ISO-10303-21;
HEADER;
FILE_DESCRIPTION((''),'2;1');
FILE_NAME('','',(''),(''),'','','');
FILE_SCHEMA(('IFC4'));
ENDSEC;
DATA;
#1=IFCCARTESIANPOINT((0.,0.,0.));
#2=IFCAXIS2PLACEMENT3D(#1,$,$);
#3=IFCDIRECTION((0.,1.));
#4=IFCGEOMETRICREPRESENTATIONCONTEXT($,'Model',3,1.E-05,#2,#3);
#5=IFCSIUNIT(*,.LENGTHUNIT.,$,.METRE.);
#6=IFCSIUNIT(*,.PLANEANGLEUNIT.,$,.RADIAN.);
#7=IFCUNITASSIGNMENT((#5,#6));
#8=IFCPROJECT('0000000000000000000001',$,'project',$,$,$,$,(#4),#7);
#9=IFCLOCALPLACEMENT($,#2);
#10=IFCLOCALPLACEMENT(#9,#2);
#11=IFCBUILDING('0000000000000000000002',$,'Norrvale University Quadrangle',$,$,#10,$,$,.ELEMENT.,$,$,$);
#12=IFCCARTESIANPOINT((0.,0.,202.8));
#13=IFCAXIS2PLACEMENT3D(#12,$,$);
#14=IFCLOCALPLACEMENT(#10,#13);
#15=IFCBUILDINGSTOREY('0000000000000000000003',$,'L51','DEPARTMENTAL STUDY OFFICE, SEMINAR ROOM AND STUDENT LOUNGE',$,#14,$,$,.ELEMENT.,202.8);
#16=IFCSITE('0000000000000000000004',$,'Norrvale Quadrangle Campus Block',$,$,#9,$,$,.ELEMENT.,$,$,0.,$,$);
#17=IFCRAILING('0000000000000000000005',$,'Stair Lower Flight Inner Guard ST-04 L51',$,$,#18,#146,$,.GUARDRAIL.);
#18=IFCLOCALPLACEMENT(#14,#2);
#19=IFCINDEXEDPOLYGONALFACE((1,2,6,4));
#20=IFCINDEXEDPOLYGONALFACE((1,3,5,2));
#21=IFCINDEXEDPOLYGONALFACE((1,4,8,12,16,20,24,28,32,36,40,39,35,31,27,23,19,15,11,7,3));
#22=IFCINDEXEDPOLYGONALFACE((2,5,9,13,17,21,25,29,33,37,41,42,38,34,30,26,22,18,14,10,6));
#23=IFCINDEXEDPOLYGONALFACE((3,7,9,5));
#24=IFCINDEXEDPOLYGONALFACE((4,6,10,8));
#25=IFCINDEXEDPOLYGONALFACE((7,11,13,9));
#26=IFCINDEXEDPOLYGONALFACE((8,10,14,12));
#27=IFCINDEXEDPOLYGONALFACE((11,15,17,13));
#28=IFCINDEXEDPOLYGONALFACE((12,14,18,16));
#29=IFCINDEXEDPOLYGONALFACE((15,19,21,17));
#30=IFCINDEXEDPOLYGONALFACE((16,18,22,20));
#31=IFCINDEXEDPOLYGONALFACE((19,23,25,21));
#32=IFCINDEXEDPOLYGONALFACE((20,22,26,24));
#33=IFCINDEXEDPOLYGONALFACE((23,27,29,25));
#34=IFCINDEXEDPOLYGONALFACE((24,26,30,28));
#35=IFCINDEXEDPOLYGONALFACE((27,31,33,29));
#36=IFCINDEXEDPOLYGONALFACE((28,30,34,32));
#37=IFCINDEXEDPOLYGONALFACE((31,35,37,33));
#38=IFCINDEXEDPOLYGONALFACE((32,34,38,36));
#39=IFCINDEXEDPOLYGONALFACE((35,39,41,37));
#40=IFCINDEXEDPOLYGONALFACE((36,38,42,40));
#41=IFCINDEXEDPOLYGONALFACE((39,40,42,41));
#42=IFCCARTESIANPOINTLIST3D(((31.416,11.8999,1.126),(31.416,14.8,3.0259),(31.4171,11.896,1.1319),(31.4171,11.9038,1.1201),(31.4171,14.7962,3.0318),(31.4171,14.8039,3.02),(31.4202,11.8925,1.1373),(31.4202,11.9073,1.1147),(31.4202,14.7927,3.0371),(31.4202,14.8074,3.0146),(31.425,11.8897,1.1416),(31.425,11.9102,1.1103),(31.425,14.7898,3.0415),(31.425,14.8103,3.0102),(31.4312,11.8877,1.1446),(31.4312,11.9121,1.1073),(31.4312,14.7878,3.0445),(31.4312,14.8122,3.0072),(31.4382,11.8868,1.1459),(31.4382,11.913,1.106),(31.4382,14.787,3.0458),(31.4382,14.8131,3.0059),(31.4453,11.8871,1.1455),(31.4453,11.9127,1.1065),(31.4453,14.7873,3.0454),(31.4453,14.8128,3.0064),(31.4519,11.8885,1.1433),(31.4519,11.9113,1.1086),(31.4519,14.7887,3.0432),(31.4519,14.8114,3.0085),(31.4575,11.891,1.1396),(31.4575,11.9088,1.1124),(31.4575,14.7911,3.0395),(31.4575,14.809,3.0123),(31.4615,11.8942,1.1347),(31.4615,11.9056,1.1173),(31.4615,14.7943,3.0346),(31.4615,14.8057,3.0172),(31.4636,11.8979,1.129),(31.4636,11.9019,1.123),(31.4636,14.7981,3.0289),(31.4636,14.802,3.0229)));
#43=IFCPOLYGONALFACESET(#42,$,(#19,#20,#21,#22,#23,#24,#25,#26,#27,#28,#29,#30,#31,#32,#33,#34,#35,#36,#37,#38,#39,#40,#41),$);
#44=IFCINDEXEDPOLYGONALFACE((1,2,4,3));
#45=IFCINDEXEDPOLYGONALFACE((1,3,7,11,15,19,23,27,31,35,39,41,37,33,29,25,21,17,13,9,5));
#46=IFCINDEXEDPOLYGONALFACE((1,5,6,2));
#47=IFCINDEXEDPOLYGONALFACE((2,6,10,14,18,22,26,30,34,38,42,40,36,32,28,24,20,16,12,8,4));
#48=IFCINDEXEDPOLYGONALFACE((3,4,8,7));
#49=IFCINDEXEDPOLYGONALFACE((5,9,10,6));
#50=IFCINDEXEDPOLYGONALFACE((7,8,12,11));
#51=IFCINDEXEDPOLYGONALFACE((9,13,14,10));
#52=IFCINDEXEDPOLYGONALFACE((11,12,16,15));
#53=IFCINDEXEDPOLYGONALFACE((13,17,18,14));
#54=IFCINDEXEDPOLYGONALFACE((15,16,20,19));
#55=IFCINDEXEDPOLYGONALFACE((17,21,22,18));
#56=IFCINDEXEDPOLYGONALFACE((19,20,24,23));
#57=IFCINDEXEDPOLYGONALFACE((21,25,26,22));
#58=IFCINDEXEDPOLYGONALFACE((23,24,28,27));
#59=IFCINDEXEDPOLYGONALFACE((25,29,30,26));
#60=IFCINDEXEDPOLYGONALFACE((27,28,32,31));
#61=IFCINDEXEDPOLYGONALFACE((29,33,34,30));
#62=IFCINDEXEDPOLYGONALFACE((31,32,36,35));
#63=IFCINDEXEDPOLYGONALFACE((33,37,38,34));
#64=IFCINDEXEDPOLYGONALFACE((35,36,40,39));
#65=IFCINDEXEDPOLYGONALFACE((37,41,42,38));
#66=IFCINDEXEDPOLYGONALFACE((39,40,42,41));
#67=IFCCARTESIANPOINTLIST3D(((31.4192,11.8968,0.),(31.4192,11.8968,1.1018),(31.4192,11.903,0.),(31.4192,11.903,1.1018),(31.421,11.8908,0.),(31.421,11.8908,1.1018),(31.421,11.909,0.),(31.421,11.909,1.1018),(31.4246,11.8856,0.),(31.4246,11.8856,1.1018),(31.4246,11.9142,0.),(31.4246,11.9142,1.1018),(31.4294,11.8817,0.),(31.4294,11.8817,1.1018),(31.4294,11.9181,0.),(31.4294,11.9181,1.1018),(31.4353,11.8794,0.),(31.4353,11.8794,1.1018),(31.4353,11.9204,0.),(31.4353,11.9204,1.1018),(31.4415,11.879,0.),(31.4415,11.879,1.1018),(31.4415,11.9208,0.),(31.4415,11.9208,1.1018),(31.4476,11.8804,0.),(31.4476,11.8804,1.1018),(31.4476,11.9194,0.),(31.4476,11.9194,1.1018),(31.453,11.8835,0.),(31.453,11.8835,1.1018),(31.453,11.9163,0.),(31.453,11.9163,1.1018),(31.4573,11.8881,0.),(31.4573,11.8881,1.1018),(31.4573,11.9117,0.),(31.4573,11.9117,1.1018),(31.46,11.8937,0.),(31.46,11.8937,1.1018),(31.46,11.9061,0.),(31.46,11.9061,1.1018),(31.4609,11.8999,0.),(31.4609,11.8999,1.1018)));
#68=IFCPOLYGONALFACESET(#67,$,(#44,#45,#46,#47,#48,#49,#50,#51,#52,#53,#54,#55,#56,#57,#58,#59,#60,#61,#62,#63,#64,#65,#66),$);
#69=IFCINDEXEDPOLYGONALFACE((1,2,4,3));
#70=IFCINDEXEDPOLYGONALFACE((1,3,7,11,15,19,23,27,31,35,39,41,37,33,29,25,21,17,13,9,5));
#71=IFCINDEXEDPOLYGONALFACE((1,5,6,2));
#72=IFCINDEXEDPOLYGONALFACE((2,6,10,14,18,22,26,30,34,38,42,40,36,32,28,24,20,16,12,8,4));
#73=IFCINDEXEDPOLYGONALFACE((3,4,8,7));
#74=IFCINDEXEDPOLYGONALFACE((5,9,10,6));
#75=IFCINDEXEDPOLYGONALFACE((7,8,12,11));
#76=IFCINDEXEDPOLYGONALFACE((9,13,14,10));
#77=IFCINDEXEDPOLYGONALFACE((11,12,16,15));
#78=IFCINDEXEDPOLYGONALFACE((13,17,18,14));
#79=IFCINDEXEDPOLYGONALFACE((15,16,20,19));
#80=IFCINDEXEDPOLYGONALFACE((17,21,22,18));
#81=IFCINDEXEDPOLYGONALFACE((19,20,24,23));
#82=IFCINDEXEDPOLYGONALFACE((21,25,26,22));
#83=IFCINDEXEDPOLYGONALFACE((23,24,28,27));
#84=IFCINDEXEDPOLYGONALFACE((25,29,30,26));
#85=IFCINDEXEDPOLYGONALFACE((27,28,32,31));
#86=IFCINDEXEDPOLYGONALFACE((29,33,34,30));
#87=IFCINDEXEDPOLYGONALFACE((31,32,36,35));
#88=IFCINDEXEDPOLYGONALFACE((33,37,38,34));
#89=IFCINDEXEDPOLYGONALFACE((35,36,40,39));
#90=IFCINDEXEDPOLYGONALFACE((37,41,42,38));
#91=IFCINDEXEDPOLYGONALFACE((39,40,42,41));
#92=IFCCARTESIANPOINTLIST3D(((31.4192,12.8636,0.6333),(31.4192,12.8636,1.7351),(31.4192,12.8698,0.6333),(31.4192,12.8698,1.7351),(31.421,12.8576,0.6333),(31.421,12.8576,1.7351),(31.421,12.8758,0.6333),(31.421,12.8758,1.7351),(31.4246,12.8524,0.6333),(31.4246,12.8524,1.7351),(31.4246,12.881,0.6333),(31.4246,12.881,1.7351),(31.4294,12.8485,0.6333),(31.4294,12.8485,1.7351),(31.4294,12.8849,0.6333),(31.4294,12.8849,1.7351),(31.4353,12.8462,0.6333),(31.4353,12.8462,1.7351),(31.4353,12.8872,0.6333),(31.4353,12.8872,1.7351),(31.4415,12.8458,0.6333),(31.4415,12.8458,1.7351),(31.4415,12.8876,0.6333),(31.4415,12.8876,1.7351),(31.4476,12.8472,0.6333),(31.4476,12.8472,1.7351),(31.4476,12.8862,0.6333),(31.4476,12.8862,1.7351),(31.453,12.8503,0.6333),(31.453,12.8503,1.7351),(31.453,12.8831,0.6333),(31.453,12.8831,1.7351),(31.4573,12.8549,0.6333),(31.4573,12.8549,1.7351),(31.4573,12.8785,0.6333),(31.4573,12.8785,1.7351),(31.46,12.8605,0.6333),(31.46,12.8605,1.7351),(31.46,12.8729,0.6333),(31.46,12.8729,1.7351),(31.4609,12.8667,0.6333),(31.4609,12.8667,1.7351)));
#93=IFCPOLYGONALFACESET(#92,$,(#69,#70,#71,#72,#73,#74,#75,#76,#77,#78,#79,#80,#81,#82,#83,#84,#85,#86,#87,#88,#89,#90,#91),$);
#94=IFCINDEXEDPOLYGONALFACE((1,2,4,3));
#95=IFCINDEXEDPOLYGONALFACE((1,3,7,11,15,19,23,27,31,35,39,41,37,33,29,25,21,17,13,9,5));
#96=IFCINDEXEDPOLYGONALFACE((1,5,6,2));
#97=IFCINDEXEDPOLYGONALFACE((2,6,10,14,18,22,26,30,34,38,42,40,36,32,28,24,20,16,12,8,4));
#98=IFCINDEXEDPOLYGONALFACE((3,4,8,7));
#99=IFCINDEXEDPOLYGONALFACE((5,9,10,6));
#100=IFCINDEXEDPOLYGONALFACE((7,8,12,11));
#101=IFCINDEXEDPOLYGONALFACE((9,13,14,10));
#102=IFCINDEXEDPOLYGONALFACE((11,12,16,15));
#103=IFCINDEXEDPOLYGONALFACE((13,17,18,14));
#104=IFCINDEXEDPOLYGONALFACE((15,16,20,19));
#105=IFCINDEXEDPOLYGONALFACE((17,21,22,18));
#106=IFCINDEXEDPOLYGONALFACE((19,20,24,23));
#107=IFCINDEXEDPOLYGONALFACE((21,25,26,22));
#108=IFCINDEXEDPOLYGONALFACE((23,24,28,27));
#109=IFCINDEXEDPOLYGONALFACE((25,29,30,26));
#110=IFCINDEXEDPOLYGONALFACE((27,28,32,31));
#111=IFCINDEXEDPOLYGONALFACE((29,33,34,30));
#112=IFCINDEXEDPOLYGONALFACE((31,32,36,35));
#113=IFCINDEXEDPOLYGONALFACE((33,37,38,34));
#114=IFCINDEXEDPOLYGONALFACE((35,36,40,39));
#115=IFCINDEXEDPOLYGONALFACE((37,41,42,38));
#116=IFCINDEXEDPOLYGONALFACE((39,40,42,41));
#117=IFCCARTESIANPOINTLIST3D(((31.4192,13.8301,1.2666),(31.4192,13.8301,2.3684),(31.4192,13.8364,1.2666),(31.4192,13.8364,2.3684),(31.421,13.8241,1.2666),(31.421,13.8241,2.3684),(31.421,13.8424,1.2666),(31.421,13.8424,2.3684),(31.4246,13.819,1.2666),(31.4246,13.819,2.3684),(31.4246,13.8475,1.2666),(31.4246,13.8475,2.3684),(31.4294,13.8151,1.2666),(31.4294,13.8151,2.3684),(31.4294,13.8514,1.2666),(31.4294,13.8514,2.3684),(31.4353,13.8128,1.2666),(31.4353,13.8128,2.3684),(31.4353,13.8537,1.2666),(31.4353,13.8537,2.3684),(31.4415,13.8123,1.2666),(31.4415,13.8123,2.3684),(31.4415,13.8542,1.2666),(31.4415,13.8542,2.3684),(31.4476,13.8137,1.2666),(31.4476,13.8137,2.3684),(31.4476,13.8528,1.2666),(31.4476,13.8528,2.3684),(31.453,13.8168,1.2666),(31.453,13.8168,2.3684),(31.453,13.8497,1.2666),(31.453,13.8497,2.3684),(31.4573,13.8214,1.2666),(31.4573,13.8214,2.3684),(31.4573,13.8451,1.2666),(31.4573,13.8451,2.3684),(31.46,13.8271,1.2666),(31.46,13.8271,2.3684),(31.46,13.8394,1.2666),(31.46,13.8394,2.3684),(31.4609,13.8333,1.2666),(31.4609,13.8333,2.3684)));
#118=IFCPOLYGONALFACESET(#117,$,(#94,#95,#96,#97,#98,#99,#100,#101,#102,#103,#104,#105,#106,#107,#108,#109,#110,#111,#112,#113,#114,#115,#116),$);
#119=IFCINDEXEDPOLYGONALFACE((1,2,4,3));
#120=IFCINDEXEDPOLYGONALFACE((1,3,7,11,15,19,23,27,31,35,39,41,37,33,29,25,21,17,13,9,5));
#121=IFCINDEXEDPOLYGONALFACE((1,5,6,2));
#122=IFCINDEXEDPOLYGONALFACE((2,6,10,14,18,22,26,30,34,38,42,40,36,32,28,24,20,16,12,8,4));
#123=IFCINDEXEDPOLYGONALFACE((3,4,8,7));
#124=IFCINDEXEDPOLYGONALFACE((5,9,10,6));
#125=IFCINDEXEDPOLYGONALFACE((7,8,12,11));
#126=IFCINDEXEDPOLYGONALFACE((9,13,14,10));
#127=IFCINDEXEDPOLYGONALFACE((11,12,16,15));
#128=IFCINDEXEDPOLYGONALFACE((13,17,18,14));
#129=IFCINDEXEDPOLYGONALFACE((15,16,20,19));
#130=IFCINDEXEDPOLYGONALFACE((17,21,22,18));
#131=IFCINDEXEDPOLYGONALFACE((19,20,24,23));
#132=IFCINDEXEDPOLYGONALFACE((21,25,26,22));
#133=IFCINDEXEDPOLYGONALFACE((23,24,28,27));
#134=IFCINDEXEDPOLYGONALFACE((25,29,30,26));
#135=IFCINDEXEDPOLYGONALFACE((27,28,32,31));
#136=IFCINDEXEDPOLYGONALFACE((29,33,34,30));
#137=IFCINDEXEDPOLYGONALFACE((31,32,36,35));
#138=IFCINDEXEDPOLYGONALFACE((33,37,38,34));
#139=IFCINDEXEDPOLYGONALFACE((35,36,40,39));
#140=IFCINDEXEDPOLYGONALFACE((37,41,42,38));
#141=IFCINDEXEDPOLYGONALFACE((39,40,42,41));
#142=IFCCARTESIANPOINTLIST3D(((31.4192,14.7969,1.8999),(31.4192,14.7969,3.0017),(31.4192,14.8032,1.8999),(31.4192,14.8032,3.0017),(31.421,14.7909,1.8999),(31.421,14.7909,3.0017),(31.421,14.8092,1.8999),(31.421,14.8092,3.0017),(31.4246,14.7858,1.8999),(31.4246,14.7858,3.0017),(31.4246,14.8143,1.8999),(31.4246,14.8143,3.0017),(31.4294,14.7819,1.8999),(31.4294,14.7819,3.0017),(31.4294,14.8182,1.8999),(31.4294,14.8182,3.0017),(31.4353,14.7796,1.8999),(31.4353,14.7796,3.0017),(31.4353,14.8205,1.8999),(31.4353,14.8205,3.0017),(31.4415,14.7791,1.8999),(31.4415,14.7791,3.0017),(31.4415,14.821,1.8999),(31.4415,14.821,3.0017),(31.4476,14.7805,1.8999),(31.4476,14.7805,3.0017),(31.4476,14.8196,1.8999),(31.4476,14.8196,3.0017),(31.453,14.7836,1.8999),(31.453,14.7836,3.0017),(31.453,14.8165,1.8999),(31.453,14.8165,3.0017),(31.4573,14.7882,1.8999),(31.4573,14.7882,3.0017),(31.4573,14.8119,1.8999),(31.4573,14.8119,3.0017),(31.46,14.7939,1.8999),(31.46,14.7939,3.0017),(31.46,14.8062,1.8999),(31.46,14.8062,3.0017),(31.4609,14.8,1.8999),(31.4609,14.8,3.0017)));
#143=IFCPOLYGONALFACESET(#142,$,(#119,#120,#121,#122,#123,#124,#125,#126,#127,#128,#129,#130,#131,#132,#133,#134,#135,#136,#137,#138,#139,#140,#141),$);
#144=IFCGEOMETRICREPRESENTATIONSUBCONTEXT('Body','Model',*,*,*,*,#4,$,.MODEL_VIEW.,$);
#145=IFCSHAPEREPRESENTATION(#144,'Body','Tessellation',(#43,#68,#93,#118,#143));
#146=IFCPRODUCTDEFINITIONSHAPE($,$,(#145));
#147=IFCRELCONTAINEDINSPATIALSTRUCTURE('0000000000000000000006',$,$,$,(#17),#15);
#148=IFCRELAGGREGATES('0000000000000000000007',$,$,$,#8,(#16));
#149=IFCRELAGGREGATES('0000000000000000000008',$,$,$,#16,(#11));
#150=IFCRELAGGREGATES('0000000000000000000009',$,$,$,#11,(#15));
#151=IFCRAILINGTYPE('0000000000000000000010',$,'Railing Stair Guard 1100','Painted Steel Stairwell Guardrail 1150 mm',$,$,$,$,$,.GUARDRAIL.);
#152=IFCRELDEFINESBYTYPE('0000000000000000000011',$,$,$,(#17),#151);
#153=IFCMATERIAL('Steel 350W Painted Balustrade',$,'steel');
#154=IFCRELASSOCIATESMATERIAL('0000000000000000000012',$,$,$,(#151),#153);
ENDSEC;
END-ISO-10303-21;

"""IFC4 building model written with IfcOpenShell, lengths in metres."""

from ifc_helpers import new_model, si_unit, direction, frame, origin, origin_2d, place, context, subcontext, project, spatial, circle, extrude, material, type_object, element, save


model = new_model("IFC4")

# Units and contexts
model_context = context("Model", 3, precision=1e-05, world=origin(), true_north=direction((0.0, 1.0)))
body_context = subcontext(model_context, "Body", "Model", "MODEL_VIEW")
ifc_project = project(units=[si_unit("LENGTHUNIT", "METRE"), si_unit("PLANEANGLEUNIT", "RADIAN")], contexts=[model_context])

# Site, building, storey
site_placement = place(None, origin())
site = spatial("IfcSite", under=ifc_project, at=site_placement, Name="Norrvale Quadrangle Campus Block", CompositionType="ELEMENT", RefElevation=0.0)
building_placement = place(site_placement, origin())
building = spatial("IfcBuilding", under=site, at=building_placement, Name="Norrvale University Quadrangle", CompositionType="ELEMENT")
storey_placement = place(building_placement, frame((0.0, 0.0, 202.8)))
storey = spatial("IfcBuildingStorey", under=building, at=storey_placement, Name="L51", Description="DEPARTMENTAL STUDY OFFICE, SEMINAR ROOM AND STUDENT LOUNGE", CompositionType="ELEMENT", Elevation=202.8)

# Railing
ifc_material_1 = material(Name="Steel 350W Painted Balustrade", Category="steel")
railing_type_1 = type_object("IfcRailingType", Name="Railing Stair Guard 1100", Description="Painted Steel Stairwell Guardrail 1150 mm", PredefinedType="GUARDRAIL", material=ifc_material_1)
railing_1_placement = place(storey_placement, frame((31.4399, 11.8999, 0.0)))
element("IfcRailing", 1, at=railing_1_placement, inside=storey, type_object=railing_type_1, Name="Stair Lower Flight Inner Guard ST-04 L51", PredefinedType="GUARDRAIL", context=body_context, shape_type="SweptSolid", body=[
    extrude(circle(Radius=0.0239, at=origin_2d()), frame((0.0, 0.0, 1.126), z_axis=(0.0, 0.836487, 0.547987), x_axis=(-1.0, 0.0, 0.0)), (0.0, 0.0, 1.0), 3.467),
    extrude(circle(Radius=0.021, at=origin_2d()), origin(), (0.0, 0.0, 1.0), 1.1018),
    extrude(circle(Radius=0.021, at=origin_2d()), frame((0.0, 0.9668, 0.6333)), (0.0, 0.0, 1.0), 1.1018),
    extrude(circle(Radius=0.021, at=origin_2d()), frame((0.0, 1.9333, 1.2666)), (0.0, 0.0, 1.0), 1.1018),
    extrude(circle(Radius=0.021, at=origin_2d()), frame((0.0, 2.9001, 1.8999)), (0.0, 0.0, 1.0), 1.1018),
])

save(model, "model.ifc")
